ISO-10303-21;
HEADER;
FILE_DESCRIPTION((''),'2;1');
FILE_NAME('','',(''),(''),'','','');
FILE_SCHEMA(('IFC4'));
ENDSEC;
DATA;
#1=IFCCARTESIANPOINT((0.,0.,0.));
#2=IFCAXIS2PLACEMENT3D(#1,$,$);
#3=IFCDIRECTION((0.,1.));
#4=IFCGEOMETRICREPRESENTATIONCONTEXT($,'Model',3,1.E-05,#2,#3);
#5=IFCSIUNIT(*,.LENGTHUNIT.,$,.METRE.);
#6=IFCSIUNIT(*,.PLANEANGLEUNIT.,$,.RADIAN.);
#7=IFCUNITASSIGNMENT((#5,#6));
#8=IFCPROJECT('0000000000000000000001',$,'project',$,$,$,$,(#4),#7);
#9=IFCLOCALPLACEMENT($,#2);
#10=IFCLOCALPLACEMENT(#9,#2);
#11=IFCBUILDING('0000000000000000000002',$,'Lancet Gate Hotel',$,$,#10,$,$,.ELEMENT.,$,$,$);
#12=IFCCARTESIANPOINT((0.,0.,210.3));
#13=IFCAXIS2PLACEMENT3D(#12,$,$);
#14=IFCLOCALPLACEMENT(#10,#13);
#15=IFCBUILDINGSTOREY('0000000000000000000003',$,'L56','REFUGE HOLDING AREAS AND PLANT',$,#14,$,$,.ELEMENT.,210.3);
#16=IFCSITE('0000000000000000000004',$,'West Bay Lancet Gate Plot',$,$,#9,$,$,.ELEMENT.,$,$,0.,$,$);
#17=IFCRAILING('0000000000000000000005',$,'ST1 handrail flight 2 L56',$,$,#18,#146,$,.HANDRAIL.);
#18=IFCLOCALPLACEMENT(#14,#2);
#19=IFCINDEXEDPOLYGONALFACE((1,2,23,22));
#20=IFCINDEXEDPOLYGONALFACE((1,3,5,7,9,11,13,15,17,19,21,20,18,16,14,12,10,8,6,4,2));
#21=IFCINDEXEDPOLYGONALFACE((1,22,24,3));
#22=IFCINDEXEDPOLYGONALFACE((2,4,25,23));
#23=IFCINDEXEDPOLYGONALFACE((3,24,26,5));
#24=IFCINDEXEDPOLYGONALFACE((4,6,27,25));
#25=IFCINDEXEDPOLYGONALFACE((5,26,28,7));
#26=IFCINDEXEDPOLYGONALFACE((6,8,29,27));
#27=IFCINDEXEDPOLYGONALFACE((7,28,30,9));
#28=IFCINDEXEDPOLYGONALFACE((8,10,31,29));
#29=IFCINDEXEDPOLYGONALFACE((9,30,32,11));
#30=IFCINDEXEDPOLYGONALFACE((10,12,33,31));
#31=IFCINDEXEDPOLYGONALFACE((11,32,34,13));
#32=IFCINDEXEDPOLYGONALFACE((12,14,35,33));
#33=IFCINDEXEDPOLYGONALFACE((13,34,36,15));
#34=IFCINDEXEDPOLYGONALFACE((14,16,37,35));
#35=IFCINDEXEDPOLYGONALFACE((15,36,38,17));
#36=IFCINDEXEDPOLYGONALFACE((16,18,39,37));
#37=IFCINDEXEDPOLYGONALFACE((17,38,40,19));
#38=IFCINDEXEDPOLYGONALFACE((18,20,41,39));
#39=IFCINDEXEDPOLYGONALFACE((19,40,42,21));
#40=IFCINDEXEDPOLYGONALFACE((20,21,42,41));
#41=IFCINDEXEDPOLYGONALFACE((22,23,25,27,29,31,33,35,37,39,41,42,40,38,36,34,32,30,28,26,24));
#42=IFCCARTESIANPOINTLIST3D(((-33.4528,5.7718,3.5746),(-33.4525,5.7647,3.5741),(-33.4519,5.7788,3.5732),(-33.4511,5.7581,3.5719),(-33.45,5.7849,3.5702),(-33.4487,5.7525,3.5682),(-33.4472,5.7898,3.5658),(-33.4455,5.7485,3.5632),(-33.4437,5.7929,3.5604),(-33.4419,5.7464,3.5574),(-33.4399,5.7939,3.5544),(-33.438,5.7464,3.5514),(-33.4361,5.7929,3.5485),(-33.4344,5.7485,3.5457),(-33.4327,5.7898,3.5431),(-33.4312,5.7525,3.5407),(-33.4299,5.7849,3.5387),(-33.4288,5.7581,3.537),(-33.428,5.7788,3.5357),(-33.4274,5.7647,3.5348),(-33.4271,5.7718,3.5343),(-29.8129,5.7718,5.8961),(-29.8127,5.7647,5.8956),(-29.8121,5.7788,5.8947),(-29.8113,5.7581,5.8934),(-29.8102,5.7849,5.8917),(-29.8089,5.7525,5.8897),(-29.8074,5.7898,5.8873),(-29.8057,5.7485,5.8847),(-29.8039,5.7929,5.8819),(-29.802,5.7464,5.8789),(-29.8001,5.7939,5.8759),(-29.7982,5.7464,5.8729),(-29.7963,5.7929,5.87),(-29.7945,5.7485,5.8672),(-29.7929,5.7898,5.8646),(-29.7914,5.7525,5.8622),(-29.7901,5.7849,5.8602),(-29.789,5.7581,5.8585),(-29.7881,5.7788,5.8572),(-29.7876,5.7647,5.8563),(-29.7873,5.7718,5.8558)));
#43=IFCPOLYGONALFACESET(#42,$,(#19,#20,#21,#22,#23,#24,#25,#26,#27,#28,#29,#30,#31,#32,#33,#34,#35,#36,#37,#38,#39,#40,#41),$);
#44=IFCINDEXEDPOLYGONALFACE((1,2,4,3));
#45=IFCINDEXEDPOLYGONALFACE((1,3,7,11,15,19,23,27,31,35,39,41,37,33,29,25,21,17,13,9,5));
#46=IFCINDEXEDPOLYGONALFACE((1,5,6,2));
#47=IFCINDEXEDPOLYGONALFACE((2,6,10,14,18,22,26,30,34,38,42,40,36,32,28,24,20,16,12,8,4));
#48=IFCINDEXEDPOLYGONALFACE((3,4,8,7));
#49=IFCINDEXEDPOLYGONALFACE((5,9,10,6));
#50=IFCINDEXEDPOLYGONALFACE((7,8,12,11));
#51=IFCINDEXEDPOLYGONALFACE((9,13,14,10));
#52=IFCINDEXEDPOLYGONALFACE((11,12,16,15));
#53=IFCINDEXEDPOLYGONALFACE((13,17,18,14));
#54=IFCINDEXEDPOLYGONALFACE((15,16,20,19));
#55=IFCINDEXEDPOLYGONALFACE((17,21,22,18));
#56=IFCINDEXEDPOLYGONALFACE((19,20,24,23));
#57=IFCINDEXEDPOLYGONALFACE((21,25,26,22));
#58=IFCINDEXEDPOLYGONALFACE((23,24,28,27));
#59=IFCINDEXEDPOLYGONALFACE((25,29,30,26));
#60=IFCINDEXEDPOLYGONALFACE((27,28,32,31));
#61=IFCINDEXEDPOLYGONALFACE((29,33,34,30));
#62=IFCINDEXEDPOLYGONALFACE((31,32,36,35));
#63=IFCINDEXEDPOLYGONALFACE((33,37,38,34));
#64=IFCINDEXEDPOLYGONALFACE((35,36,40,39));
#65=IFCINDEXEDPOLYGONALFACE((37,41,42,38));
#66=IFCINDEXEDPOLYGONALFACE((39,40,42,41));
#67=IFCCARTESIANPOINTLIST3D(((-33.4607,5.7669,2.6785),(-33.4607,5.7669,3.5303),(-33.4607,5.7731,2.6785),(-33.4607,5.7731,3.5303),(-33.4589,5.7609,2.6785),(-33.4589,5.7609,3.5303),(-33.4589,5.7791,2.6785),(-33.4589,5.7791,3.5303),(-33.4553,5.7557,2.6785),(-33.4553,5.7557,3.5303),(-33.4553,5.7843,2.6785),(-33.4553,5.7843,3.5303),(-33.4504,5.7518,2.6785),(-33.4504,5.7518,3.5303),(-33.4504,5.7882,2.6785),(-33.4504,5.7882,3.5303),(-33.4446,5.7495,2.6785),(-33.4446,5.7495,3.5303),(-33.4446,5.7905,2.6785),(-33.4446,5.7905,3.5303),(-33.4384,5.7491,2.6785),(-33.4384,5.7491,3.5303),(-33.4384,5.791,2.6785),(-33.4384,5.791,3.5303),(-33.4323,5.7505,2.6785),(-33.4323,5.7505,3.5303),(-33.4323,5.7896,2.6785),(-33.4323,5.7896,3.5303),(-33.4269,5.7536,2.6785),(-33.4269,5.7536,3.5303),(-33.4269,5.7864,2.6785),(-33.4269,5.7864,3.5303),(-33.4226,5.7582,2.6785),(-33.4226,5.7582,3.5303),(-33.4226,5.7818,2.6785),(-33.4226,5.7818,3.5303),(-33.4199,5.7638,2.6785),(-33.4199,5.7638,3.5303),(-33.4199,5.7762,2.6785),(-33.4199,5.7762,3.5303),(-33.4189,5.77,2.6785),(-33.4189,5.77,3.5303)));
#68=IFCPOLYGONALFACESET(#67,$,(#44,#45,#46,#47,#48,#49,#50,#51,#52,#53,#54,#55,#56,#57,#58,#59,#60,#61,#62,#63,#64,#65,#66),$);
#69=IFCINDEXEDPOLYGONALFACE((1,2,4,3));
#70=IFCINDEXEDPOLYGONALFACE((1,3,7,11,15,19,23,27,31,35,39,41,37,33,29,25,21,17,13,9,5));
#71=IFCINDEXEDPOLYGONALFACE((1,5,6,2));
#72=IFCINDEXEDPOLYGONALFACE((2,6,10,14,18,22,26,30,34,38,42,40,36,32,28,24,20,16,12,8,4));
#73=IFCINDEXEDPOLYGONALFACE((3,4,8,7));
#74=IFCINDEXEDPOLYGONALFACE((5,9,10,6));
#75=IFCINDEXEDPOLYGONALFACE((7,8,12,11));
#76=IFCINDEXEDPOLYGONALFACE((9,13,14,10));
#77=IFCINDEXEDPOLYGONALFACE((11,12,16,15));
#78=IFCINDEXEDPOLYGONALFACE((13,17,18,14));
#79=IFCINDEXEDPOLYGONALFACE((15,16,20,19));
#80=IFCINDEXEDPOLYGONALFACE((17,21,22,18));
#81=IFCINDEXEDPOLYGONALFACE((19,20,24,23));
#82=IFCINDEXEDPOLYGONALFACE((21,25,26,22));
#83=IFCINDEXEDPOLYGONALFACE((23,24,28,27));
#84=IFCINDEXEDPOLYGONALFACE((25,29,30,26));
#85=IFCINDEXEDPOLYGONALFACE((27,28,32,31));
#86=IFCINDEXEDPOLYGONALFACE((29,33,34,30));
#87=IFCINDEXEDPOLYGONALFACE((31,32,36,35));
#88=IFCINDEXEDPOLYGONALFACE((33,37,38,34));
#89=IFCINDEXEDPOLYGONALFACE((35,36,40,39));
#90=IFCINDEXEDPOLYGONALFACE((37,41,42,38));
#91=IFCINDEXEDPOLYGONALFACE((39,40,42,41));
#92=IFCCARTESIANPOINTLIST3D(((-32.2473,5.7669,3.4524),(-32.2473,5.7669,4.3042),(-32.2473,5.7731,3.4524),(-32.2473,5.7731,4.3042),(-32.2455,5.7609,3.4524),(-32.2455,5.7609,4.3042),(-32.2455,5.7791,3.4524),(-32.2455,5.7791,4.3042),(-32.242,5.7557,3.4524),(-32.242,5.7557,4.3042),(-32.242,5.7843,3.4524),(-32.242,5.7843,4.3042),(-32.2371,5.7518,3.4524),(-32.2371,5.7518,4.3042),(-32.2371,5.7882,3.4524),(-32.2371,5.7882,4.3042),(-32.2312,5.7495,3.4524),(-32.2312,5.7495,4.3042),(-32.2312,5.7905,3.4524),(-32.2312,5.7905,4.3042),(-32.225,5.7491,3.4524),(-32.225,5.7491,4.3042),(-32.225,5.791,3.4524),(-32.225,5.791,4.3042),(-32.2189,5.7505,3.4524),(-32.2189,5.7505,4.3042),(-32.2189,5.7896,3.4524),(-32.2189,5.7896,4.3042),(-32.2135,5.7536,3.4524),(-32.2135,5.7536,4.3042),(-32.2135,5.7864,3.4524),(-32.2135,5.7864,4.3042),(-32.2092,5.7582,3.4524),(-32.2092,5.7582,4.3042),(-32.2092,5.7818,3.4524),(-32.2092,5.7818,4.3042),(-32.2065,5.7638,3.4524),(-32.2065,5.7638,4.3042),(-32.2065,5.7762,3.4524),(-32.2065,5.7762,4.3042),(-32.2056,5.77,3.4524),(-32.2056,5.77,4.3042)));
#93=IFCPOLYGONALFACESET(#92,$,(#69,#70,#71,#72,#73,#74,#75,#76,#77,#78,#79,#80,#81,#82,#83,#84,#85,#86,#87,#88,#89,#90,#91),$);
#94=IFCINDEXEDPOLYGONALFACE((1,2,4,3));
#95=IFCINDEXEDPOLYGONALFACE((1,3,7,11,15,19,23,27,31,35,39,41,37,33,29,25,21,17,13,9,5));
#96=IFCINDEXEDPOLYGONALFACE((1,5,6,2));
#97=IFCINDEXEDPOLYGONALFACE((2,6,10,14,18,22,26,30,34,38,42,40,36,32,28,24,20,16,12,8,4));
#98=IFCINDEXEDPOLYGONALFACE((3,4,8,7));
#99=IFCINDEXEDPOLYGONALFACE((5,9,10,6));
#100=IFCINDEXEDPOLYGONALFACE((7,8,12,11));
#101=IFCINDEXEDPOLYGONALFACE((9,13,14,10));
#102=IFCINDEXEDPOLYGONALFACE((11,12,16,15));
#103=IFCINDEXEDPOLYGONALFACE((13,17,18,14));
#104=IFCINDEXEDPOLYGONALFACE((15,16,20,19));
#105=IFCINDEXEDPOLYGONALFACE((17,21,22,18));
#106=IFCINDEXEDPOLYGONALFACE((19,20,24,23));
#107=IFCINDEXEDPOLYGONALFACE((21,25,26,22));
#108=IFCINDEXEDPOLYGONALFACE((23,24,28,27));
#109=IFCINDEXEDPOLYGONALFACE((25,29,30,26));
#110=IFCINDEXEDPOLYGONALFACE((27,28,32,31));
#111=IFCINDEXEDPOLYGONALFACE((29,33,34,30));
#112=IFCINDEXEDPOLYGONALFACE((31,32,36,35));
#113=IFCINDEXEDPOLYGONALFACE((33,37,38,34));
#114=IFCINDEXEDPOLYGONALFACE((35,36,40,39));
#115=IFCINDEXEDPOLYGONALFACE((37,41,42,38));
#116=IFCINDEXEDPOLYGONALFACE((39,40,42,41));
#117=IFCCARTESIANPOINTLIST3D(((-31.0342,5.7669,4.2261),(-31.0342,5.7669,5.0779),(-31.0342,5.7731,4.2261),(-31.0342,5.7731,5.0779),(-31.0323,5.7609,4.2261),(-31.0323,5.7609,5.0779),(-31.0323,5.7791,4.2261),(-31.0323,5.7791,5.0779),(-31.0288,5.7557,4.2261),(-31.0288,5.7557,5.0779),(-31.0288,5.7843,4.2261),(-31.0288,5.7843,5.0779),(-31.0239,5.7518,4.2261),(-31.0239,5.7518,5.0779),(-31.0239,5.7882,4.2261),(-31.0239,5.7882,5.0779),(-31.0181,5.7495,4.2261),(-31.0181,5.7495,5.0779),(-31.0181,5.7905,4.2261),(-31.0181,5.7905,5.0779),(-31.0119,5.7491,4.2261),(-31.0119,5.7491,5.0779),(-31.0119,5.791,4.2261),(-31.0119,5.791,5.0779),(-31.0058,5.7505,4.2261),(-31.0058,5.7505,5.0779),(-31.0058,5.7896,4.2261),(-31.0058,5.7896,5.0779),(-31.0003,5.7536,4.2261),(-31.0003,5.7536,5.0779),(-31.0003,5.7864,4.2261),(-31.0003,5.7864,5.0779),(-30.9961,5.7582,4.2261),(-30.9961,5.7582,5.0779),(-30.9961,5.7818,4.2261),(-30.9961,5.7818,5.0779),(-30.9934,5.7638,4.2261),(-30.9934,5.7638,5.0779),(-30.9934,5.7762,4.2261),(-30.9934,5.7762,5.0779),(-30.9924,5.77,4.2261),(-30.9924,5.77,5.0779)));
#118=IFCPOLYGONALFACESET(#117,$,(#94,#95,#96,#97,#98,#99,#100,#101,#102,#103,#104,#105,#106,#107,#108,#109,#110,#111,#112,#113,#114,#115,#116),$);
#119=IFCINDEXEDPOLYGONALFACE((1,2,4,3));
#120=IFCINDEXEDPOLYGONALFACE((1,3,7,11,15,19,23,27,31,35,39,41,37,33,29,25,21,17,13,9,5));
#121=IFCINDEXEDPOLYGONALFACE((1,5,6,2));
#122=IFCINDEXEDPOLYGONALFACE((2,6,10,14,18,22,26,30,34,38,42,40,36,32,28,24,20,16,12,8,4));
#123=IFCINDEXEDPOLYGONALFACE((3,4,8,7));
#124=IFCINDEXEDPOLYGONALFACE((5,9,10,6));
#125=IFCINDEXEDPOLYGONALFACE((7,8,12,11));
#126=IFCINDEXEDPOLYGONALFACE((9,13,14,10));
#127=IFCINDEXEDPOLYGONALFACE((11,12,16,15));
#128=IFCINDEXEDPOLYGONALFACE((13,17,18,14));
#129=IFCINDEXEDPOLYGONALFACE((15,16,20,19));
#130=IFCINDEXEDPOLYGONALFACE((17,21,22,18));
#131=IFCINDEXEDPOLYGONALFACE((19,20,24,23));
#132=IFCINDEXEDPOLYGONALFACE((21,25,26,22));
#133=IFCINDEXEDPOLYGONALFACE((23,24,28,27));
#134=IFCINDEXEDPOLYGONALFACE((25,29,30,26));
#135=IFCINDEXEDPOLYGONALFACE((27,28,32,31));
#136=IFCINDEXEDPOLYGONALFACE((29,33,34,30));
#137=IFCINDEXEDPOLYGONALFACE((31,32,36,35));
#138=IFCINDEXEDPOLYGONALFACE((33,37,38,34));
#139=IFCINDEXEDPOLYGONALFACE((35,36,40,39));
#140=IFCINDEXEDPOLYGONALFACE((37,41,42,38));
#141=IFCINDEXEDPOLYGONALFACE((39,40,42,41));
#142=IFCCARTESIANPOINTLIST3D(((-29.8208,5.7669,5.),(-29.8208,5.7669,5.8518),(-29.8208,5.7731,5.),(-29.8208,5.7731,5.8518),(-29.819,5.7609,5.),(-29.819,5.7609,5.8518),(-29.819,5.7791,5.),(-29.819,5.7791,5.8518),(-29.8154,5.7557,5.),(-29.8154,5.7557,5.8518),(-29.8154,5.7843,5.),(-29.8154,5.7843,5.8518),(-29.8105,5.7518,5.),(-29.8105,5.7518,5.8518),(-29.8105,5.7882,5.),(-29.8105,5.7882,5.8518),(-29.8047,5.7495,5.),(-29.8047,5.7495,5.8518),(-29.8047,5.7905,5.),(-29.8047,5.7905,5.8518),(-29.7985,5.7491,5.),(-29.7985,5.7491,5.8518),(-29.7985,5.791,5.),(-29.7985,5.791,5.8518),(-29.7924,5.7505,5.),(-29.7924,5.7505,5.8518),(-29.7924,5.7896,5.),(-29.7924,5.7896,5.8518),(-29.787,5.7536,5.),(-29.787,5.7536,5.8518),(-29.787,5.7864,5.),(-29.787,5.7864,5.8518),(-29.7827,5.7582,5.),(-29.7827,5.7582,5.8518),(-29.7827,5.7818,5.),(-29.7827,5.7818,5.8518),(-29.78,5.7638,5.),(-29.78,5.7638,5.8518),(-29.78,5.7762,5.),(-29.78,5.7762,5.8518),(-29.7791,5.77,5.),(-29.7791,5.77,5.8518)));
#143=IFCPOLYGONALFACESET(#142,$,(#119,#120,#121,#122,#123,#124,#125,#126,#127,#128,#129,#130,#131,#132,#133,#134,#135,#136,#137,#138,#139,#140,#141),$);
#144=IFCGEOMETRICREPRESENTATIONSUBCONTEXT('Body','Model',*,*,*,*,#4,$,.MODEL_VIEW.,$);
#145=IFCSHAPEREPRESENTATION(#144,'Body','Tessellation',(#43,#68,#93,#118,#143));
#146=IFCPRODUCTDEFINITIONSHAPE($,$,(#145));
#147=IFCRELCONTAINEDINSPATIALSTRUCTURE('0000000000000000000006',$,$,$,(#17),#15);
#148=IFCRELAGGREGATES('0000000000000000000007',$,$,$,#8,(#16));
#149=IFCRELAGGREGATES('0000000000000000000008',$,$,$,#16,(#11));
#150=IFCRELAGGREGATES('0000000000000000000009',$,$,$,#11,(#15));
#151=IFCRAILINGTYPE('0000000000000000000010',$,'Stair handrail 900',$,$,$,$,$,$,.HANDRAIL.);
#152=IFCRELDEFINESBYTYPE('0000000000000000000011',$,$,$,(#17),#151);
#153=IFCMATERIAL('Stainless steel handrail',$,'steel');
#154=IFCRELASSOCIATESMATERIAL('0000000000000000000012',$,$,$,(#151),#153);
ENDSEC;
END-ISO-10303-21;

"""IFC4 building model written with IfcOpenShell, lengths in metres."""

from ifc_helpers import new_model, si_unit, direction, frame, origin, origin_2d, place, context, subcontext, project, spatial, circle, extrude, material, type_object, element, save


model = new_model("IFC4")

# Units and contexts
model_context = context("Model", 3, precision=1e-05, world=origin(), true_north=direction((0.0, 1.0)))
body_context = subcontext(model_context, "Body", "Model", "MODEL_VIEW")
ifc_project = project(units=[si_unit("LENGTHUNIT", "METRE"), si_unit("PLANEANGLEUNIT", "RADIAN")], contexts=[model_context])

# Site, building, storey
site_placement = place(None, origin())
site = spatial("IfcSite", under=ifc_project, at=site_placement, Name="West Bay Lancet Gate Plot", CompositionType="ELEMENT", RefElevation=0.0)
building_placement = place(site_placement, origin())
building = spatial("IfcBuilding", under=site, at=building_placement, Name="Lancet Gate Hotel", CompositionType="ELEMENT")
storey_placement = place(building_placement, frame((0.0, 0.0, 210.3)))
storey = spatial("IfcBuildingStorey", under=building, at=storey_placement, Name="L56", Description="REFUGE HOLDING AREAS AND PLANT", CompositionType="ELEMENT", Elevation=210.3)

# Railing
ifc_material_1 = material(Name="Stainless steel handrail", Category="steel")
railing_type = type_object("IfcRailingType", Name="Stair handrail 900", PredefinedType="HANDRAIL", material=ifc_material_1)
railing_1_placement = place(storey_placement, frame((-33.4399, 5.77, 2.6785)))
element("IfcRailing", 1, at=railing_1_placement, inside=storey, type_object=railing_type, Name="ST1 handrail flight 2 L56", PredefinedType="HANDRAIL", context=body_context, shape_type="SweptSolid", body=[
    extrude(circle(Radius=0.0239, at=origin_2d()), frame((0.0, 0.0, 0.876), z_axis=(0.843112, 0.0, 0.537739), x_axis=(0.0, 1.0, 0.0)), (0.0, 0.0, 1.0), 4.3171),
    extrude(circle(Radius=0.021, at=origin_2d()), origin(), (0.0, 0.0, 1.0), 0.8518),
    extrude(circle(Radius=0.021, at=origin_2d()), frame((1.2134, 0.0, 0.7739)), (0.0, 0.0, 1.0), 0.8518),
    extrude(circle(Radius=0.021, at=origin_2d()), frame((2.4265, 0.0, 1.5476)), (0.0, 0.0, 1.0), 0.8518),
    extrude(circle(Radius=0.021, at=origin_2d()), frame((3.6399, 0.0, 2.3215)), (0.0, 0.0, 1.0), 0.8518),
])

save(model, "model.ifc")
